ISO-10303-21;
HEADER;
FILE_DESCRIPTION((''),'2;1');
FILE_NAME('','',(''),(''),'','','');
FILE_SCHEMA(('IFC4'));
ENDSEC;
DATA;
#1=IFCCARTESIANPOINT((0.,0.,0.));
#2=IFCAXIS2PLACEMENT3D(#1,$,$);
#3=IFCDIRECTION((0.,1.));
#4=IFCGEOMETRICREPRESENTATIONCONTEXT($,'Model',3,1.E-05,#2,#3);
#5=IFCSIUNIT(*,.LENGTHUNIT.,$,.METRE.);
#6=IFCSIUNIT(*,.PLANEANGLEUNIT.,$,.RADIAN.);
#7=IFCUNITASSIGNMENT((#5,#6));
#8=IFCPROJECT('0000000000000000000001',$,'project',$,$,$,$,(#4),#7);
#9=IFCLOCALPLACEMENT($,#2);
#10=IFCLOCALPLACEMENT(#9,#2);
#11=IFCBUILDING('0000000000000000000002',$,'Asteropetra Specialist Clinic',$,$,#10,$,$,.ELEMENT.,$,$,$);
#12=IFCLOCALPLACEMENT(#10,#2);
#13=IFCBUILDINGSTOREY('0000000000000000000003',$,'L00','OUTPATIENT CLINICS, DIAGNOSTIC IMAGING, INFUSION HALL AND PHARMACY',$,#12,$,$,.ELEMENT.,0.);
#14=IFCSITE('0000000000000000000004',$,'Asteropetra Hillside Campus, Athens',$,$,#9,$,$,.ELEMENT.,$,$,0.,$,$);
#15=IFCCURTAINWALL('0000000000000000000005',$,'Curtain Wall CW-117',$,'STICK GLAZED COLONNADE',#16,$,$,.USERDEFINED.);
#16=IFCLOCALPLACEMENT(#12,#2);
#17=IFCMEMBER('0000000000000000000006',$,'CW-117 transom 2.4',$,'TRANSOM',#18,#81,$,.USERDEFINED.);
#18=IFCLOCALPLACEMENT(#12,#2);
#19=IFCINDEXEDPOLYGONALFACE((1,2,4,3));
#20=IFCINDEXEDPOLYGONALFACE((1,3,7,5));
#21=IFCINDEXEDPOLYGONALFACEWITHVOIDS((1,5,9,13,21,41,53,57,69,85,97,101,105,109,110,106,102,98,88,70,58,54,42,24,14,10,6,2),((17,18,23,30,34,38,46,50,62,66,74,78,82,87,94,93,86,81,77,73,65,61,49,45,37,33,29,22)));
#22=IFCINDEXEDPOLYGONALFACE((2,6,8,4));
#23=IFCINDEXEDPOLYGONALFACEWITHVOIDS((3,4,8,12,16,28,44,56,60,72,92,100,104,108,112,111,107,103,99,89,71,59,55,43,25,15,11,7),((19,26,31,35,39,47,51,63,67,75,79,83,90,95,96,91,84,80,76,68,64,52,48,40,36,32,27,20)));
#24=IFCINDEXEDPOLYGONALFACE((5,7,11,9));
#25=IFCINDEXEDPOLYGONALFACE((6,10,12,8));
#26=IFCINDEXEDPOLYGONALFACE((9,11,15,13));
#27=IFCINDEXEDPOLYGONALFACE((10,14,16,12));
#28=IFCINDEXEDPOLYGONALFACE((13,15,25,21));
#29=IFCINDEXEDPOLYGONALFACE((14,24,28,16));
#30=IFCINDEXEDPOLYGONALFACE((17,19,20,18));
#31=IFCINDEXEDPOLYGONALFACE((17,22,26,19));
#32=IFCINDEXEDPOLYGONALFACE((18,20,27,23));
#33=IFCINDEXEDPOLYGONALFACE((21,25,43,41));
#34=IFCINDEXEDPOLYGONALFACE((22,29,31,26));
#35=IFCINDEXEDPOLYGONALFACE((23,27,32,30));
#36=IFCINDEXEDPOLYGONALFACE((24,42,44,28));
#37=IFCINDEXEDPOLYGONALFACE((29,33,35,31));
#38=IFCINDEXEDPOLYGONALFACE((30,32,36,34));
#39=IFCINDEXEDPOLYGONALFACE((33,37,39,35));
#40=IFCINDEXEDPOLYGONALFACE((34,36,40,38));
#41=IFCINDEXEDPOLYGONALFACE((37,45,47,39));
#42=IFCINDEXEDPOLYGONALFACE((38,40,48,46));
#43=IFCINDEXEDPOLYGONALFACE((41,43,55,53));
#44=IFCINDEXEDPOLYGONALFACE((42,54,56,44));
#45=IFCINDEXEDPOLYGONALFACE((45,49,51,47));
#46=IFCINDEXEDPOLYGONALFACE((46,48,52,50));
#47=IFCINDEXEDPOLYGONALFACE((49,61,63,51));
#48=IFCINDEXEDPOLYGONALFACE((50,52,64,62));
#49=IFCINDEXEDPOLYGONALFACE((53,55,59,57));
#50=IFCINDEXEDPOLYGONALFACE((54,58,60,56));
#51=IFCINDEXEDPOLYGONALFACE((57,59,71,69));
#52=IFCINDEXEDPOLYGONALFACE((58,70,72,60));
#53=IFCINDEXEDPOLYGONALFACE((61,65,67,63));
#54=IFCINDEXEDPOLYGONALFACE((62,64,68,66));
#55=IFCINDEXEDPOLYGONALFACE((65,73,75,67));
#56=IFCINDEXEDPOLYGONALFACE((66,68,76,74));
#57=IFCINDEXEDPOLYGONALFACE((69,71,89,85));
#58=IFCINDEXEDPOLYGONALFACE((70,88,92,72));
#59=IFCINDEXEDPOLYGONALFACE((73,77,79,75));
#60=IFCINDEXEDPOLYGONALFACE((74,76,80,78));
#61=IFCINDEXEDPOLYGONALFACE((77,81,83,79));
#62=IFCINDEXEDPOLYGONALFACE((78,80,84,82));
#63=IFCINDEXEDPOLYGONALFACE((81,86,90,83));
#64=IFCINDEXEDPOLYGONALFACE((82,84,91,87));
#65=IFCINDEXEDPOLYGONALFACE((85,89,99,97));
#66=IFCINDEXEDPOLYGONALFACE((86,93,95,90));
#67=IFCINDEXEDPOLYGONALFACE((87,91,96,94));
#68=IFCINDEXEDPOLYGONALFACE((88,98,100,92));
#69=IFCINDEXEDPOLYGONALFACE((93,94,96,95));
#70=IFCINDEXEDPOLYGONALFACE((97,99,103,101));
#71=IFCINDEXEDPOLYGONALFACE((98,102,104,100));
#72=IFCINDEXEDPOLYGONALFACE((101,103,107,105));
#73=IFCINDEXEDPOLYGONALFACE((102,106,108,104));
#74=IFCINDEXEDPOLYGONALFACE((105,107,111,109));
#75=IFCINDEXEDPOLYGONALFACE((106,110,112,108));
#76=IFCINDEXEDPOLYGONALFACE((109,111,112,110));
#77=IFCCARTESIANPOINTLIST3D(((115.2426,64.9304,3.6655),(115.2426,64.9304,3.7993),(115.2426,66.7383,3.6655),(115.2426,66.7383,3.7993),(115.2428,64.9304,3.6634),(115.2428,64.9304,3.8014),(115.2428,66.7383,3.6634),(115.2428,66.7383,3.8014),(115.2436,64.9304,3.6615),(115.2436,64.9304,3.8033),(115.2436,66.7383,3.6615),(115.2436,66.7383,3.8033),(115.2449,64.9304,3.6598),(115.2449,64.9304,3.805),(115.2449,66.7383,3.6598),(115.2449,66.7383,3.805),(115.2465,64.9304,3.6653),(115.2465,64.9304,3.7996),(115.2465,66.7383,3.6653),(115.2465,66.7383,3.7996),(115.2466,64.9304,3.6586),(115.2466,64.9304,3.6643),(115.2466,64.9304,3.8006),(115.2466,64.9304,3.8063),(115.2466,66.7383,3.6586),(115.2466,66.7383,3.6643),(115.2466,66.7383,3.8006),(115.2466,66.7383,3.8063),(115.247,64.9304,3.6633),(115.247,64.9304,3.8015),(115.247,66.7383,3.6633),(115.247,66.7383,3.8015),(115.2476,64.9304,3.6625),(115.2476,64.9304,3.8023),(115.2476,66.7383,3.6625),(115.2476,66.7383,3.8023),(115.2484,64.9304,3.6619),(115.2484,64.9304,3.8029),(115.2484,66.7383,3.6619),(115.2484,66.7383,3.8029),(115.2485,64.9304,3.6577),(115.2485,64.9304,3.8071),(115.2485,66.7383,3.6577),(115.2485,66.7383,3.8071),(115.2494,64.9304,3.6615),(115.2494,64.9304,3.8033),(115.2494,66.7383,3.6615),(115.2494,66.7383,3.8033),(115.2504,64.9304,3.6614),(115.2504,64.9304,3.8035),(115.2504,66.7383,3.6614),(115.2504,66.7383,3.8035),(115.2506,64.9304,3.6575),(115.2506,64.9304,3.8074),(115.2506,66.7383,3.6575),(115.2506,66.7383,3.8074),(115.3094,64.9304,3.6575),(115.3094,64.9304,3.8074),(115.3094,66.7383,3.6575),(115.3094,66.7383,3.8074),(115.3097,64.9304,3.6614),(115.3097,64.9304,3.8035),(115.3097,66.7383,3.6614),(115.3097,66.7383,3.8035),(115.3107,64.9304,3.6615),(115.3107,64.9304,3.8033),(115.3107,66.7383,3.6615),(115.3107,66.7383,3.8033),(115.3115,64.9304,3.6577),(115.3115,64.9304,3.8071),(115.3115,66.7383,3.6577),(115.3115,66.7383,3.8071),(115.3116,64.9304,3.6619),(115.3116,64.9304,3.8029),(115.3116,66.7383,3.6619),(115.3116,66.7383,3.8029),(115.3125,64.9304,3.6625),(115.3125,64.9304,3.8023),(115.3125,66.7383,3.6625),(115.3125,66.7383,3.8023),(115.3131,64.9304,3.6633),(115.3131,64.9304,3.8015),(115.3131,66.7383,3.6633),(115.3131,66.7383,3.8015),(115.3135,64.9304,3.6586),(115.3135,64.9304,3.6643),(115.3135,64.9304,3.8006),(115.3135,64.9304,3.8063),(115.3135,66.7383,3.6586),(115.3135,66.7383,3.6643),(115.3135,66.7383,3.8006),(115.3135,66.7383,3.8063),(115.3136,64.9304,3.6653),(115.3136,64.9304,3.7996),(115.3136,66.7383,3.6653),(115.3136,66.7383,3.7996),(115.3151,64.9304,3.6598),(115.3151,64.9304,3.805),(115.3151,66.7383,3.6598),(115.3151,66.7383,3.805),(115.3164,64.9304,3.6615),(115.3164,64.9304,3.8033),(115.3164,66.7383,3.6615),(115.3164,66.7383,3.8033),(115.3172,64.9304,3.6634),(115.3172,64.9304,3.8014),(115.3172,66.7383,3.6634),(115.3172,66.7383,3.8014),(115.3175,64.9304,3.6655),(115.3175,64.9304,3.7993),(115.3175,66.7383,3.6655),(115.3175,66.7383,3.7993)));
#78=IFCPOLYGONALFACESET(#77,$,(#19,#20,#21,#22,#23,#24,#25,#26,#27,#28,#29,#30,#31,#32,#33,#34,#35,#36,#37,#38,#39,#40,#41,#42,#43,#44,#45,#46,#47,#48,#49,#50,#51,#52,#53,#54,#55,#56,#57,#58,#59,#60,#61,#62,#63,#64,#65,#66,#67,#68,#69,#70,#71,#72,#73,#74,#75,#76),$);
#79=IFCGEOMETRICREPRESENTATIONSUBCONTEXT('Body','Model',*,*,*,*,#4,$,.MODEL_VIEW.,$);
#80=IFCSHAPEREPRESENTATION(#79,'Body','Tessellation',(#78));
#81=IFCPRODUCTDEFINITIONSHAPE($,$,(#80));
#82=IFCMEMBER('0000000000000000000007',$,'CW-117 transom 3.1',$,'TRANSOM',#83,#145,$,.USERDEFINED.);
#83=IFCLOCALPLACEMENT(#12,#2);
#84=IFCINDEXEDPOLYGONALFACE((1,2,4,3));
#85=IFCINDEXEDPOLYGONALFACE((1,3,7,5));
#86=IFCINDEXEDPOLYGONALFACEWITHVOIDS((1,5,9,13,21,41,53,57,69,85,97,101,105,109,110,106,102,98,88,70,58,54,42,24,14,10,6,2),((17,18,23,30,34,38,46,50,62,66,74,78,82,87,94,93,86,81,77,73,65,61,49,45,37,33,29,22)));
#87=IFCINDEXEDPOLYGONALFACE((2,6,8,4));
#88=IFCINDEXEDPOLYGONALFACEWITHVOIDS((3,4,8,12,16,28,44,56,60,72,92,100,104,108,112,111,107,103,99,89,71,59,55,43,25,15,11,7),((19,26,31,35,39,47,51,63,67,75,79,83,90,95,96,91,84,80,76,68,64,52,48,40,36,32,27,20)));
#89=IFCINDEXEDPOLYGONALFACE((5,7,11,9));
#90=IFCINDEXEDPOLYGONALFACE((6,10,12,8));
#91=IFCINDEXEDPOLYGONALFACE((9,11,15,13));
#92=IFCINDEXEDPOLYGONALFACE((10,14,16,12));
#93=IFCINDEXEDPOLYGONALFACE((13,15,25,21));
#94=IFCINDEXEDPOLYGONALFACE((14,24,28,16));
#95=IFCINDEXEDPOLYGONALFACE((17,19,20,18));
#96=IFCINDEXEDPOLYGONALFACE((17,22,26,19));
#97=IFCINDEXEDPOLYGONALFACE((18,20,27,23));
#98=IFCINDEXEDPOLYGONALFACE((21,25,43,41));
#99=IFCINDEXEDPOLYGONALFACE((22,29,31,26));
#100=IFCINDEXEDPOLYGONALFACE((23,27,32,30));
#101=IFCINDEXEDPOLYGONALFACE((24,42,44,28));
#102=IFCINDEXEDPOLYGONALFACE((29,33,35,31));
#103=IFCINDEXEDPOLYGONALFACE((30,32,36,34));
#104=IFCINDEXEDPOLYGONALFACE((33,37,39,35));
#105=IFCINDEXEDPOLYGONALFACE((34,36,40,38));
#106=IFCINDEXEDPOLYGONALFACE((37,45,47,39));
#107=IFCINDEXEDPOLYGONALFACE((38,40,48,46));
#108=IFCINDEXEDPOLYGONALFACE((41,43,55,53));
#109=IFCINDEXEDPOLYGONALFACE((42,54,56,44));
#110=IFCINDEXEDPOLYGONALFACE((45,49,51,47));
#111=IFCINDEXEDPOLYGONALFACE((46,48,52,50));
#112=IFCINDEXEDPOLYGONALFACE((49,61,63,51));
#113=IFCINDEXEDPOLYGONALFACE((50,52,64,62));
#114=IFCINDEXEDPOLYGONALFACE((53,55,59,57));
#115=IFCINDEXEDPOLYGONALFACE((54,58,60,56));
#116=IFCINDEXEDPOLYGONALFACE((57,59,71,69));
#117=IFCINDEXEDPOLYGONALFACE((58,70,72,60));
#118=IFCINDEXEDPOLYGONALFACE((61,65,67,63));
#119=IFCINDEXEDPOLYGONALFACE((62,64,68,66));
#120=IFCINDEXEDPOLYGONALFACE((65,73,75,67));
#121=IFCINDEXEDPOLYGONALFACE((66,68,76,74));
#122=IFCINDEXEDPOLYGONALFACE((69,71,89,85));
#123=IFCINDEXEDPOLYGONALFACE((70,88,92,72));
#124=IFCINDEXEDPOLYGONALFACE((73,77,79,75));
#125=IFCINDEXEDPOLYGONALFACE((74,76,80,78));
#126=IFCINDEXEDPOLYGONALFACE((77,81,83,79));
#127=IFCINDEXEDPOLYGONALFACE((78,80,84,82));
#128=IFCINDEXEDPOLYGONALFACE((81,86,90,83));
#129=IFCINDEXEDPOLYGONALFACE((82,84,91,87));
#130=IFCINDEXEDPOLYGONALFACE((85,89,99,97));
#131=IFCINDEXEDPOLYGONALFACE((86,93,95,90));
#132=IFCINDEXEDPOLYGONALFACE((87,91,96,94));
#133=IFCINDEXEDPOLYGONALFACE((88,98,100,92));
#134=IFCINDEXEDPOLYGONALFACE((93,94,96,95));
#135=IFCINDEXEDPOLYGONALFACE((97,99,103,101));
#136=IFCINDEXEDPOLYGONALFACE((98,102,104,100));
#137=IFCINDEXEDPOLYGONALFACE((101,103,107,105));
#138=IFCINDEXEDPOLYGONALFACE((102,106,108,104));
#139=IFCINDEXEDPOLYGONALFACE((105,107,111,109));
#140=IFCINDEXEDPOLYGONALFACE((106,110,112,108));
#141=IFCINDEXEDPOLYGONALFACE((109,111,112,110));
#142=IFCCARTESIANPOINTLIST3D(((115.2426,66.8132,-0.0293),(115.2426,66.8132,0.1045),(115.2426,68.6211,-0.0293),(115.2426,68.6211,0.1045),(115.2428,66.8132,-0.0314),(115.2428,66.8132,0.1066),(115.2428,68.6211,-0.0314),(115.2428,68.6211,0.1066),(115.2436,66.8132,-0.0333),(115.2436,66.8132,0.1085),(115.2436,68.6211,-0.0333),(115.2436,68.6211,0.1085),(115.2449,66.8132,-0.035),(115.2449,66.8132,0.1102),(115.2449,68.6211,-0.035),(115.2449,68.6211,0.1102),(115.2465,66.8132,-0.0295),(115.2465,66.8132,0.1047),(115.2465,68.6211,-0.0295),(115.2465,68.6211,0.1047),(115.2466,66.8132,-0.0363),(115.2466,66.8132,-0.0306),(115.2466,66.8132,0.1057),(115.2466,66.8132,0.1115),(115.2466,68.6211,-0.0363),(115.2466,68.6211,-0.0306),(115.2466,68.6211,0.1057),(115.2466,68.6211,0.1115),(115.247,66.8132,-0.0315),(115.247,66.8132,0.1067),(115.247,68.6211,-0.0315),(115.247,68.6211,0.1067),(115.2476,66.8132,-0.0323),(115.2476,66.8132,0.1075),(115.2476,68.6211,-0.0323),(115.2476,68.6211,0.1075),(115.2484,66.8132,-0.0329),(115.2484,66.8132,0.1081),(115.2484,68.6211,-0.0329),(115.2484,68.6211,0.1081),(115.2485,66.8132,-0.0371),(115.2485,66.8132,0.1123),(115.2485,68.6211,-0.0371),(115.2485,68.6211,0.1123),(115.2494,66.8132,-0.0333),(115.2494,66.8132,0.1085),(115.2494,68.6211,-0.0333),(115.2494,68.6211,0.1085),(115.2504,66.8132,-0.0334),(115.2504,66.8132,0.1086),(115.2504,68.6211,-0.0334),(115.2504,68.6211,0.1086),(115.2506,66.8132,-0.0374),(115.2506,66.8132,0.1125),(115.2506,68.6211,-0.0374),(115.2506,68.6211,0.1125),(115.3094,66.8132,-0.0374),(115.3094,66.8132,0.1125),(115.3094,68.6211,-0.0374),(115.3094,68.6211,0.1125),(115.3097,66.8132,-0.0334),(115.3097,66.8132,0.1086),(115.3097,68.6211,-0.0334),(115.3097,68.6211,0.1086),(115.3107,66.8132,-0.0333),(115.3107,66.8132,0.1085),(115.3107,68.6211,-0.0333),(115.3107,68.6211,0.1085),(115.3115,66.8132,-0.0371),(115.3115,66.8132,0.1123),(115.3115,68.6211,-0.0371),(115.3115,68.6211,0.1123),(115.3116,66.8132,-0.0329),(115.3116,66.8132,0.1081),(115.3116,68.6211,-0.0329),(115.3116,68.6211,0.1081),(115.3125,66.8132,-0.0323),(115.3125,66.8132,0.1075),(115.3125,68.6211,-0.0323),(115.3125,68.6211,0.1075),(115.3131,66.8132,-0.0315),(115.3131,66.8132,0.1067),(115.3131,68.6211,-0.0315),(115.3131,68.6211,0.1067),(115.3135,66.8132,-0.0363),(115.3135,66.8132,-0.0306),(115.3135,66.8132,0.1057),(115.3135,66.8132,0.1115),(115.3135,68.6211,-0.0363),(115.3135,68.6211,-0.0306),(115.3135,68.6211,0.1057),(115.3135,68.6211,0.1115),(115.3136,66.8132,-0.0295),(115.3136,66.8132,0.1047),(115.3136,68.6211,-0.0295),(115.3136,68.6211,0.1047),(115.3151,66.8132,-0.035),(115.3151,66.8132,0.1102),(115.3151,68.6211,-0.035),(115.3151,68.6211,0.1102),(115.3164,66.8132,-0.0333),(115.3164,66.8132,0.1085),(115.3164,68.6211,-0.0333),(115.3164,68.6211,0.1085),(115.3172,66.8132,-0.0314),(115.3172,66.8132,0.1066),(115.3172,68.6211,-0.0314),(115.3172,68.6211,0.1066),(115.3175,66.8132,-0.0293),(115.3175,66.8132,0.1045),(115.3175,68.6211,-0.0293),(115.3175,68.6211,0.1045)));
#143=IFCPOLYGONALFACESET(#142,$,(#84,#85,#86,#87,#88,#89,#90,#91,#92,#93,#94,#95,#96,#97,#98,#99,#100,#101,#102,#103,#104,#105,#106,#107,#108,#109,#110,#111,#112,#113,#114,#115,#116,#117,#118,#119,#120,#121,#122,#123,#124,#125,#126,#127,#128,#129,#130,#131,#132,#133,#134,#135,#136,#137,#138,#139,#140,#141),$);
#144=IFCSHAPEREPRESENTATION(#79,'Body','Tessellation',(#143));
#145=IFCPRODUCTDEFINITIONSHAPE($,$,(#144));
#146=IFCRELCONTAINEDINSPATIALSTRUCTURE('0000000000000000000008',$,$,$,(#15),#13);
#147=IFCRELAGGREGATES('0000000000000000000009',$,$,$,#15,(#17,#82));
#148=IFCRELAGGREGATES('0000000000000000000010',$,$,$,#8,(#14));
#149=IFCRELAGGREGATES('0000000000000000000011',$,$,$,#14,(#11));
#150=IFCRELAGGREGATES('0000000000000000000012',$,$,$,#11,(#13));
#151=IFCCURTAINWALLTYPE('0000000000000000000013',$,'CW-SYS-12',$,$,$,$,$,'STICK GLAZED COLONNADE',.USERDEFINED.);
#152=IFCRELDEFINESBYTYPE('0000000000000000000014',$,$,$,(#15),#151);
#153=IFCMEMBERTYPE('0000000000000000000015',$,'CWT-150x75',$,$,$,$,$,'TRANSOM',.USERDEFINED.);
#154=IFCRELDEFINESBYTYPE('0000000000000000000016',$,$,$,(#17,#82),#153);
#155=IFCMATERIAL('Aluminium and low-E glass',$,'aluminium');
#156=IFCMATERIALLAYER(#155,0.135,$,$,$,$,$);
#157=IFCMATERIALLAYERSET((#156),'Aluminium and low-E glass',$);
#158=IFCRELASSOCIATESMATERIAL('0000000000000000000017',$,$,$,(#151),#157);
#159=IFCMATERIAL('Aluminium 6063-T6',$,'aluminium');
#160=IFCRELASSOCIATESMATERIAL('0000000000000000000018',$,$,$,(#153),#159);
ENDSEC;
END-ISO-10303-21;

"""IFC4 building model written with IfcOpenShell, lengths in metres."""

from ifc_helpers import new_model, si_unit, direction, frame, origin, origin_2d, place, context, subcontext, project, spatial, hollow_rectangle, extrude, material, layer, layer_set, material_profile, profile_set, type_object, element, aggregate, save


model = new_model("IFC4")

# Units and contexts
model_context = context("Model", 3, precision=1e-05, world=origin(), true_north=direction((0.0, 1.0)))
body_context = subcontext(model_context, "Body", "Model", "MODEL_VIEW")
ifc_project = project(units=[si_unit("LENGTHUNIT", "METRE"), si_unit("PLANEANGLEUNIT", "RADIAN")], contexts=[model_context])

# Site, building, storey
site_placement = place(None, origin())
site = spatial("IfcSite", under=ifc_project, at=site_placement, Name="Asteropetra Hillside Campus, Athens", CompositionType="ELEMENT", RefElevation=0.0)
building_placement = place(site_placement, origin())
building = spatial("IfcBuilding", under=site, at=building_placement, Name="Asteropetra Specialist Clinic", CompositionType="ELEMENT")
storey_placement = place(building_placement, origin())
storey = spatial("IfcBuildingStorey", under=building, at=storey_placement, Name="L00", Description="OUTPATIENT CLINICS, DIAGNOSTIC IMAGING, INFUSION HALL AND PHARMACY", CompositionType="ELEMENT", Elevation=0.0)

# Curtain wall, members
ifc_material_1 = material(Name="Aluminium and low-E glass", Category="aluminium")
ifc_layer_1 = layer(ifc_material_1, 0.135)
ifc_layer_set_1 = layer_set([ifc_layer_1], Name="Aluminium and low-E glass")
curtain_wall_type = type_object("IfcCurtainWallType", Name="CW-SYS-12", ElementType="STICK GLAZED COLONNADE", PredefinedType="USERDEFINED", material=ifc_layer_set_1)
curtain_wall_placement = place(storey_placement, origin())
curtain_wall = element("IfcCurtainWall", 1, at=curtain_wall_placement, inside=storey, type_object=curtain_wall_type, Name="Curtain Wall CW-117", ObjectType="STICK GLAZED COLONNADE", PredefinedType="USERDEFINED")
ifc_material_2 = material(Name="Aluminium 6063-T6", Category="aluminium")
ifc_material_profile_1 = material_profile(ifc_material_2, hollow_rectangle(XDim=0.075, YDim=0.1499, WallThickness=0.0039, InnerFilletRadius=0.0039, OuterFilletRadius=0.0081, at=origin_2d()), Name="TRN 150x75x4.0")
ifc_profile_set_1 = profile_set([ifc_material_profile_1], Name="Aluminium 6063-T6")
member_type_1 = type_object("IfcMemberType", Name="CWT-150x75", ElementType="TRANSOM", PredefinedType="USERDEFINED", material=ifc_profile_set_1)
member_1_placement = place(storey_placement, frame((115.28, 64.9304, 3.7324), z_axis=(0.0, 1.0, 0.0), x_axis=(-1.0, 0.0, 0.0)))
member_1 = element("IfcMember", 2, at=member_1_placement, type_object=member_type_1, Name="CW-117 transom 2.4", ObjectType="TRANSOM", PredefinedType="USERDEFINED", context=body_context, shape_type="SweptSolid", body=[
    extrude(hollow_rectangle(XDim=0.075, YDim=0.1499, WallThickness=0.0039, InnerFilletRadius=0.0039, OuterFilletRadius=0.0081, at=origin_2d()), origin(), (0.0, 0.0, 1.0), 1.8079),
])
member_2_placement = place(storey_placement, frame((115.28, 66.8132, 0.0376), z_axis=(0.0, 1.0, 0.0), x_axis=(-1.0, 0.0, 0.0)))
member_2 = element("IfcMember", 3, at=member_2_placement, type_object=member_type_1, Name="CW-117 transom 3.1", ObjectType="TRANSOM", PredefinedType="USERDEFINED", context=body_context, shape_type="SweptSolid", body=[
    extrude(hollow_rectangle(XDim=0.075, YDim=0.1499, WallThickness=0.0039, InnerFilletRadius=0.0039, OuterFilletRadius=0.0081, at=origin_2d()), origin(), (0.0, 0.0, 1.0), 1.8079),
])
aggregate(curtain_wall, [member_1, member_2])

save(model, "model.ifc")
